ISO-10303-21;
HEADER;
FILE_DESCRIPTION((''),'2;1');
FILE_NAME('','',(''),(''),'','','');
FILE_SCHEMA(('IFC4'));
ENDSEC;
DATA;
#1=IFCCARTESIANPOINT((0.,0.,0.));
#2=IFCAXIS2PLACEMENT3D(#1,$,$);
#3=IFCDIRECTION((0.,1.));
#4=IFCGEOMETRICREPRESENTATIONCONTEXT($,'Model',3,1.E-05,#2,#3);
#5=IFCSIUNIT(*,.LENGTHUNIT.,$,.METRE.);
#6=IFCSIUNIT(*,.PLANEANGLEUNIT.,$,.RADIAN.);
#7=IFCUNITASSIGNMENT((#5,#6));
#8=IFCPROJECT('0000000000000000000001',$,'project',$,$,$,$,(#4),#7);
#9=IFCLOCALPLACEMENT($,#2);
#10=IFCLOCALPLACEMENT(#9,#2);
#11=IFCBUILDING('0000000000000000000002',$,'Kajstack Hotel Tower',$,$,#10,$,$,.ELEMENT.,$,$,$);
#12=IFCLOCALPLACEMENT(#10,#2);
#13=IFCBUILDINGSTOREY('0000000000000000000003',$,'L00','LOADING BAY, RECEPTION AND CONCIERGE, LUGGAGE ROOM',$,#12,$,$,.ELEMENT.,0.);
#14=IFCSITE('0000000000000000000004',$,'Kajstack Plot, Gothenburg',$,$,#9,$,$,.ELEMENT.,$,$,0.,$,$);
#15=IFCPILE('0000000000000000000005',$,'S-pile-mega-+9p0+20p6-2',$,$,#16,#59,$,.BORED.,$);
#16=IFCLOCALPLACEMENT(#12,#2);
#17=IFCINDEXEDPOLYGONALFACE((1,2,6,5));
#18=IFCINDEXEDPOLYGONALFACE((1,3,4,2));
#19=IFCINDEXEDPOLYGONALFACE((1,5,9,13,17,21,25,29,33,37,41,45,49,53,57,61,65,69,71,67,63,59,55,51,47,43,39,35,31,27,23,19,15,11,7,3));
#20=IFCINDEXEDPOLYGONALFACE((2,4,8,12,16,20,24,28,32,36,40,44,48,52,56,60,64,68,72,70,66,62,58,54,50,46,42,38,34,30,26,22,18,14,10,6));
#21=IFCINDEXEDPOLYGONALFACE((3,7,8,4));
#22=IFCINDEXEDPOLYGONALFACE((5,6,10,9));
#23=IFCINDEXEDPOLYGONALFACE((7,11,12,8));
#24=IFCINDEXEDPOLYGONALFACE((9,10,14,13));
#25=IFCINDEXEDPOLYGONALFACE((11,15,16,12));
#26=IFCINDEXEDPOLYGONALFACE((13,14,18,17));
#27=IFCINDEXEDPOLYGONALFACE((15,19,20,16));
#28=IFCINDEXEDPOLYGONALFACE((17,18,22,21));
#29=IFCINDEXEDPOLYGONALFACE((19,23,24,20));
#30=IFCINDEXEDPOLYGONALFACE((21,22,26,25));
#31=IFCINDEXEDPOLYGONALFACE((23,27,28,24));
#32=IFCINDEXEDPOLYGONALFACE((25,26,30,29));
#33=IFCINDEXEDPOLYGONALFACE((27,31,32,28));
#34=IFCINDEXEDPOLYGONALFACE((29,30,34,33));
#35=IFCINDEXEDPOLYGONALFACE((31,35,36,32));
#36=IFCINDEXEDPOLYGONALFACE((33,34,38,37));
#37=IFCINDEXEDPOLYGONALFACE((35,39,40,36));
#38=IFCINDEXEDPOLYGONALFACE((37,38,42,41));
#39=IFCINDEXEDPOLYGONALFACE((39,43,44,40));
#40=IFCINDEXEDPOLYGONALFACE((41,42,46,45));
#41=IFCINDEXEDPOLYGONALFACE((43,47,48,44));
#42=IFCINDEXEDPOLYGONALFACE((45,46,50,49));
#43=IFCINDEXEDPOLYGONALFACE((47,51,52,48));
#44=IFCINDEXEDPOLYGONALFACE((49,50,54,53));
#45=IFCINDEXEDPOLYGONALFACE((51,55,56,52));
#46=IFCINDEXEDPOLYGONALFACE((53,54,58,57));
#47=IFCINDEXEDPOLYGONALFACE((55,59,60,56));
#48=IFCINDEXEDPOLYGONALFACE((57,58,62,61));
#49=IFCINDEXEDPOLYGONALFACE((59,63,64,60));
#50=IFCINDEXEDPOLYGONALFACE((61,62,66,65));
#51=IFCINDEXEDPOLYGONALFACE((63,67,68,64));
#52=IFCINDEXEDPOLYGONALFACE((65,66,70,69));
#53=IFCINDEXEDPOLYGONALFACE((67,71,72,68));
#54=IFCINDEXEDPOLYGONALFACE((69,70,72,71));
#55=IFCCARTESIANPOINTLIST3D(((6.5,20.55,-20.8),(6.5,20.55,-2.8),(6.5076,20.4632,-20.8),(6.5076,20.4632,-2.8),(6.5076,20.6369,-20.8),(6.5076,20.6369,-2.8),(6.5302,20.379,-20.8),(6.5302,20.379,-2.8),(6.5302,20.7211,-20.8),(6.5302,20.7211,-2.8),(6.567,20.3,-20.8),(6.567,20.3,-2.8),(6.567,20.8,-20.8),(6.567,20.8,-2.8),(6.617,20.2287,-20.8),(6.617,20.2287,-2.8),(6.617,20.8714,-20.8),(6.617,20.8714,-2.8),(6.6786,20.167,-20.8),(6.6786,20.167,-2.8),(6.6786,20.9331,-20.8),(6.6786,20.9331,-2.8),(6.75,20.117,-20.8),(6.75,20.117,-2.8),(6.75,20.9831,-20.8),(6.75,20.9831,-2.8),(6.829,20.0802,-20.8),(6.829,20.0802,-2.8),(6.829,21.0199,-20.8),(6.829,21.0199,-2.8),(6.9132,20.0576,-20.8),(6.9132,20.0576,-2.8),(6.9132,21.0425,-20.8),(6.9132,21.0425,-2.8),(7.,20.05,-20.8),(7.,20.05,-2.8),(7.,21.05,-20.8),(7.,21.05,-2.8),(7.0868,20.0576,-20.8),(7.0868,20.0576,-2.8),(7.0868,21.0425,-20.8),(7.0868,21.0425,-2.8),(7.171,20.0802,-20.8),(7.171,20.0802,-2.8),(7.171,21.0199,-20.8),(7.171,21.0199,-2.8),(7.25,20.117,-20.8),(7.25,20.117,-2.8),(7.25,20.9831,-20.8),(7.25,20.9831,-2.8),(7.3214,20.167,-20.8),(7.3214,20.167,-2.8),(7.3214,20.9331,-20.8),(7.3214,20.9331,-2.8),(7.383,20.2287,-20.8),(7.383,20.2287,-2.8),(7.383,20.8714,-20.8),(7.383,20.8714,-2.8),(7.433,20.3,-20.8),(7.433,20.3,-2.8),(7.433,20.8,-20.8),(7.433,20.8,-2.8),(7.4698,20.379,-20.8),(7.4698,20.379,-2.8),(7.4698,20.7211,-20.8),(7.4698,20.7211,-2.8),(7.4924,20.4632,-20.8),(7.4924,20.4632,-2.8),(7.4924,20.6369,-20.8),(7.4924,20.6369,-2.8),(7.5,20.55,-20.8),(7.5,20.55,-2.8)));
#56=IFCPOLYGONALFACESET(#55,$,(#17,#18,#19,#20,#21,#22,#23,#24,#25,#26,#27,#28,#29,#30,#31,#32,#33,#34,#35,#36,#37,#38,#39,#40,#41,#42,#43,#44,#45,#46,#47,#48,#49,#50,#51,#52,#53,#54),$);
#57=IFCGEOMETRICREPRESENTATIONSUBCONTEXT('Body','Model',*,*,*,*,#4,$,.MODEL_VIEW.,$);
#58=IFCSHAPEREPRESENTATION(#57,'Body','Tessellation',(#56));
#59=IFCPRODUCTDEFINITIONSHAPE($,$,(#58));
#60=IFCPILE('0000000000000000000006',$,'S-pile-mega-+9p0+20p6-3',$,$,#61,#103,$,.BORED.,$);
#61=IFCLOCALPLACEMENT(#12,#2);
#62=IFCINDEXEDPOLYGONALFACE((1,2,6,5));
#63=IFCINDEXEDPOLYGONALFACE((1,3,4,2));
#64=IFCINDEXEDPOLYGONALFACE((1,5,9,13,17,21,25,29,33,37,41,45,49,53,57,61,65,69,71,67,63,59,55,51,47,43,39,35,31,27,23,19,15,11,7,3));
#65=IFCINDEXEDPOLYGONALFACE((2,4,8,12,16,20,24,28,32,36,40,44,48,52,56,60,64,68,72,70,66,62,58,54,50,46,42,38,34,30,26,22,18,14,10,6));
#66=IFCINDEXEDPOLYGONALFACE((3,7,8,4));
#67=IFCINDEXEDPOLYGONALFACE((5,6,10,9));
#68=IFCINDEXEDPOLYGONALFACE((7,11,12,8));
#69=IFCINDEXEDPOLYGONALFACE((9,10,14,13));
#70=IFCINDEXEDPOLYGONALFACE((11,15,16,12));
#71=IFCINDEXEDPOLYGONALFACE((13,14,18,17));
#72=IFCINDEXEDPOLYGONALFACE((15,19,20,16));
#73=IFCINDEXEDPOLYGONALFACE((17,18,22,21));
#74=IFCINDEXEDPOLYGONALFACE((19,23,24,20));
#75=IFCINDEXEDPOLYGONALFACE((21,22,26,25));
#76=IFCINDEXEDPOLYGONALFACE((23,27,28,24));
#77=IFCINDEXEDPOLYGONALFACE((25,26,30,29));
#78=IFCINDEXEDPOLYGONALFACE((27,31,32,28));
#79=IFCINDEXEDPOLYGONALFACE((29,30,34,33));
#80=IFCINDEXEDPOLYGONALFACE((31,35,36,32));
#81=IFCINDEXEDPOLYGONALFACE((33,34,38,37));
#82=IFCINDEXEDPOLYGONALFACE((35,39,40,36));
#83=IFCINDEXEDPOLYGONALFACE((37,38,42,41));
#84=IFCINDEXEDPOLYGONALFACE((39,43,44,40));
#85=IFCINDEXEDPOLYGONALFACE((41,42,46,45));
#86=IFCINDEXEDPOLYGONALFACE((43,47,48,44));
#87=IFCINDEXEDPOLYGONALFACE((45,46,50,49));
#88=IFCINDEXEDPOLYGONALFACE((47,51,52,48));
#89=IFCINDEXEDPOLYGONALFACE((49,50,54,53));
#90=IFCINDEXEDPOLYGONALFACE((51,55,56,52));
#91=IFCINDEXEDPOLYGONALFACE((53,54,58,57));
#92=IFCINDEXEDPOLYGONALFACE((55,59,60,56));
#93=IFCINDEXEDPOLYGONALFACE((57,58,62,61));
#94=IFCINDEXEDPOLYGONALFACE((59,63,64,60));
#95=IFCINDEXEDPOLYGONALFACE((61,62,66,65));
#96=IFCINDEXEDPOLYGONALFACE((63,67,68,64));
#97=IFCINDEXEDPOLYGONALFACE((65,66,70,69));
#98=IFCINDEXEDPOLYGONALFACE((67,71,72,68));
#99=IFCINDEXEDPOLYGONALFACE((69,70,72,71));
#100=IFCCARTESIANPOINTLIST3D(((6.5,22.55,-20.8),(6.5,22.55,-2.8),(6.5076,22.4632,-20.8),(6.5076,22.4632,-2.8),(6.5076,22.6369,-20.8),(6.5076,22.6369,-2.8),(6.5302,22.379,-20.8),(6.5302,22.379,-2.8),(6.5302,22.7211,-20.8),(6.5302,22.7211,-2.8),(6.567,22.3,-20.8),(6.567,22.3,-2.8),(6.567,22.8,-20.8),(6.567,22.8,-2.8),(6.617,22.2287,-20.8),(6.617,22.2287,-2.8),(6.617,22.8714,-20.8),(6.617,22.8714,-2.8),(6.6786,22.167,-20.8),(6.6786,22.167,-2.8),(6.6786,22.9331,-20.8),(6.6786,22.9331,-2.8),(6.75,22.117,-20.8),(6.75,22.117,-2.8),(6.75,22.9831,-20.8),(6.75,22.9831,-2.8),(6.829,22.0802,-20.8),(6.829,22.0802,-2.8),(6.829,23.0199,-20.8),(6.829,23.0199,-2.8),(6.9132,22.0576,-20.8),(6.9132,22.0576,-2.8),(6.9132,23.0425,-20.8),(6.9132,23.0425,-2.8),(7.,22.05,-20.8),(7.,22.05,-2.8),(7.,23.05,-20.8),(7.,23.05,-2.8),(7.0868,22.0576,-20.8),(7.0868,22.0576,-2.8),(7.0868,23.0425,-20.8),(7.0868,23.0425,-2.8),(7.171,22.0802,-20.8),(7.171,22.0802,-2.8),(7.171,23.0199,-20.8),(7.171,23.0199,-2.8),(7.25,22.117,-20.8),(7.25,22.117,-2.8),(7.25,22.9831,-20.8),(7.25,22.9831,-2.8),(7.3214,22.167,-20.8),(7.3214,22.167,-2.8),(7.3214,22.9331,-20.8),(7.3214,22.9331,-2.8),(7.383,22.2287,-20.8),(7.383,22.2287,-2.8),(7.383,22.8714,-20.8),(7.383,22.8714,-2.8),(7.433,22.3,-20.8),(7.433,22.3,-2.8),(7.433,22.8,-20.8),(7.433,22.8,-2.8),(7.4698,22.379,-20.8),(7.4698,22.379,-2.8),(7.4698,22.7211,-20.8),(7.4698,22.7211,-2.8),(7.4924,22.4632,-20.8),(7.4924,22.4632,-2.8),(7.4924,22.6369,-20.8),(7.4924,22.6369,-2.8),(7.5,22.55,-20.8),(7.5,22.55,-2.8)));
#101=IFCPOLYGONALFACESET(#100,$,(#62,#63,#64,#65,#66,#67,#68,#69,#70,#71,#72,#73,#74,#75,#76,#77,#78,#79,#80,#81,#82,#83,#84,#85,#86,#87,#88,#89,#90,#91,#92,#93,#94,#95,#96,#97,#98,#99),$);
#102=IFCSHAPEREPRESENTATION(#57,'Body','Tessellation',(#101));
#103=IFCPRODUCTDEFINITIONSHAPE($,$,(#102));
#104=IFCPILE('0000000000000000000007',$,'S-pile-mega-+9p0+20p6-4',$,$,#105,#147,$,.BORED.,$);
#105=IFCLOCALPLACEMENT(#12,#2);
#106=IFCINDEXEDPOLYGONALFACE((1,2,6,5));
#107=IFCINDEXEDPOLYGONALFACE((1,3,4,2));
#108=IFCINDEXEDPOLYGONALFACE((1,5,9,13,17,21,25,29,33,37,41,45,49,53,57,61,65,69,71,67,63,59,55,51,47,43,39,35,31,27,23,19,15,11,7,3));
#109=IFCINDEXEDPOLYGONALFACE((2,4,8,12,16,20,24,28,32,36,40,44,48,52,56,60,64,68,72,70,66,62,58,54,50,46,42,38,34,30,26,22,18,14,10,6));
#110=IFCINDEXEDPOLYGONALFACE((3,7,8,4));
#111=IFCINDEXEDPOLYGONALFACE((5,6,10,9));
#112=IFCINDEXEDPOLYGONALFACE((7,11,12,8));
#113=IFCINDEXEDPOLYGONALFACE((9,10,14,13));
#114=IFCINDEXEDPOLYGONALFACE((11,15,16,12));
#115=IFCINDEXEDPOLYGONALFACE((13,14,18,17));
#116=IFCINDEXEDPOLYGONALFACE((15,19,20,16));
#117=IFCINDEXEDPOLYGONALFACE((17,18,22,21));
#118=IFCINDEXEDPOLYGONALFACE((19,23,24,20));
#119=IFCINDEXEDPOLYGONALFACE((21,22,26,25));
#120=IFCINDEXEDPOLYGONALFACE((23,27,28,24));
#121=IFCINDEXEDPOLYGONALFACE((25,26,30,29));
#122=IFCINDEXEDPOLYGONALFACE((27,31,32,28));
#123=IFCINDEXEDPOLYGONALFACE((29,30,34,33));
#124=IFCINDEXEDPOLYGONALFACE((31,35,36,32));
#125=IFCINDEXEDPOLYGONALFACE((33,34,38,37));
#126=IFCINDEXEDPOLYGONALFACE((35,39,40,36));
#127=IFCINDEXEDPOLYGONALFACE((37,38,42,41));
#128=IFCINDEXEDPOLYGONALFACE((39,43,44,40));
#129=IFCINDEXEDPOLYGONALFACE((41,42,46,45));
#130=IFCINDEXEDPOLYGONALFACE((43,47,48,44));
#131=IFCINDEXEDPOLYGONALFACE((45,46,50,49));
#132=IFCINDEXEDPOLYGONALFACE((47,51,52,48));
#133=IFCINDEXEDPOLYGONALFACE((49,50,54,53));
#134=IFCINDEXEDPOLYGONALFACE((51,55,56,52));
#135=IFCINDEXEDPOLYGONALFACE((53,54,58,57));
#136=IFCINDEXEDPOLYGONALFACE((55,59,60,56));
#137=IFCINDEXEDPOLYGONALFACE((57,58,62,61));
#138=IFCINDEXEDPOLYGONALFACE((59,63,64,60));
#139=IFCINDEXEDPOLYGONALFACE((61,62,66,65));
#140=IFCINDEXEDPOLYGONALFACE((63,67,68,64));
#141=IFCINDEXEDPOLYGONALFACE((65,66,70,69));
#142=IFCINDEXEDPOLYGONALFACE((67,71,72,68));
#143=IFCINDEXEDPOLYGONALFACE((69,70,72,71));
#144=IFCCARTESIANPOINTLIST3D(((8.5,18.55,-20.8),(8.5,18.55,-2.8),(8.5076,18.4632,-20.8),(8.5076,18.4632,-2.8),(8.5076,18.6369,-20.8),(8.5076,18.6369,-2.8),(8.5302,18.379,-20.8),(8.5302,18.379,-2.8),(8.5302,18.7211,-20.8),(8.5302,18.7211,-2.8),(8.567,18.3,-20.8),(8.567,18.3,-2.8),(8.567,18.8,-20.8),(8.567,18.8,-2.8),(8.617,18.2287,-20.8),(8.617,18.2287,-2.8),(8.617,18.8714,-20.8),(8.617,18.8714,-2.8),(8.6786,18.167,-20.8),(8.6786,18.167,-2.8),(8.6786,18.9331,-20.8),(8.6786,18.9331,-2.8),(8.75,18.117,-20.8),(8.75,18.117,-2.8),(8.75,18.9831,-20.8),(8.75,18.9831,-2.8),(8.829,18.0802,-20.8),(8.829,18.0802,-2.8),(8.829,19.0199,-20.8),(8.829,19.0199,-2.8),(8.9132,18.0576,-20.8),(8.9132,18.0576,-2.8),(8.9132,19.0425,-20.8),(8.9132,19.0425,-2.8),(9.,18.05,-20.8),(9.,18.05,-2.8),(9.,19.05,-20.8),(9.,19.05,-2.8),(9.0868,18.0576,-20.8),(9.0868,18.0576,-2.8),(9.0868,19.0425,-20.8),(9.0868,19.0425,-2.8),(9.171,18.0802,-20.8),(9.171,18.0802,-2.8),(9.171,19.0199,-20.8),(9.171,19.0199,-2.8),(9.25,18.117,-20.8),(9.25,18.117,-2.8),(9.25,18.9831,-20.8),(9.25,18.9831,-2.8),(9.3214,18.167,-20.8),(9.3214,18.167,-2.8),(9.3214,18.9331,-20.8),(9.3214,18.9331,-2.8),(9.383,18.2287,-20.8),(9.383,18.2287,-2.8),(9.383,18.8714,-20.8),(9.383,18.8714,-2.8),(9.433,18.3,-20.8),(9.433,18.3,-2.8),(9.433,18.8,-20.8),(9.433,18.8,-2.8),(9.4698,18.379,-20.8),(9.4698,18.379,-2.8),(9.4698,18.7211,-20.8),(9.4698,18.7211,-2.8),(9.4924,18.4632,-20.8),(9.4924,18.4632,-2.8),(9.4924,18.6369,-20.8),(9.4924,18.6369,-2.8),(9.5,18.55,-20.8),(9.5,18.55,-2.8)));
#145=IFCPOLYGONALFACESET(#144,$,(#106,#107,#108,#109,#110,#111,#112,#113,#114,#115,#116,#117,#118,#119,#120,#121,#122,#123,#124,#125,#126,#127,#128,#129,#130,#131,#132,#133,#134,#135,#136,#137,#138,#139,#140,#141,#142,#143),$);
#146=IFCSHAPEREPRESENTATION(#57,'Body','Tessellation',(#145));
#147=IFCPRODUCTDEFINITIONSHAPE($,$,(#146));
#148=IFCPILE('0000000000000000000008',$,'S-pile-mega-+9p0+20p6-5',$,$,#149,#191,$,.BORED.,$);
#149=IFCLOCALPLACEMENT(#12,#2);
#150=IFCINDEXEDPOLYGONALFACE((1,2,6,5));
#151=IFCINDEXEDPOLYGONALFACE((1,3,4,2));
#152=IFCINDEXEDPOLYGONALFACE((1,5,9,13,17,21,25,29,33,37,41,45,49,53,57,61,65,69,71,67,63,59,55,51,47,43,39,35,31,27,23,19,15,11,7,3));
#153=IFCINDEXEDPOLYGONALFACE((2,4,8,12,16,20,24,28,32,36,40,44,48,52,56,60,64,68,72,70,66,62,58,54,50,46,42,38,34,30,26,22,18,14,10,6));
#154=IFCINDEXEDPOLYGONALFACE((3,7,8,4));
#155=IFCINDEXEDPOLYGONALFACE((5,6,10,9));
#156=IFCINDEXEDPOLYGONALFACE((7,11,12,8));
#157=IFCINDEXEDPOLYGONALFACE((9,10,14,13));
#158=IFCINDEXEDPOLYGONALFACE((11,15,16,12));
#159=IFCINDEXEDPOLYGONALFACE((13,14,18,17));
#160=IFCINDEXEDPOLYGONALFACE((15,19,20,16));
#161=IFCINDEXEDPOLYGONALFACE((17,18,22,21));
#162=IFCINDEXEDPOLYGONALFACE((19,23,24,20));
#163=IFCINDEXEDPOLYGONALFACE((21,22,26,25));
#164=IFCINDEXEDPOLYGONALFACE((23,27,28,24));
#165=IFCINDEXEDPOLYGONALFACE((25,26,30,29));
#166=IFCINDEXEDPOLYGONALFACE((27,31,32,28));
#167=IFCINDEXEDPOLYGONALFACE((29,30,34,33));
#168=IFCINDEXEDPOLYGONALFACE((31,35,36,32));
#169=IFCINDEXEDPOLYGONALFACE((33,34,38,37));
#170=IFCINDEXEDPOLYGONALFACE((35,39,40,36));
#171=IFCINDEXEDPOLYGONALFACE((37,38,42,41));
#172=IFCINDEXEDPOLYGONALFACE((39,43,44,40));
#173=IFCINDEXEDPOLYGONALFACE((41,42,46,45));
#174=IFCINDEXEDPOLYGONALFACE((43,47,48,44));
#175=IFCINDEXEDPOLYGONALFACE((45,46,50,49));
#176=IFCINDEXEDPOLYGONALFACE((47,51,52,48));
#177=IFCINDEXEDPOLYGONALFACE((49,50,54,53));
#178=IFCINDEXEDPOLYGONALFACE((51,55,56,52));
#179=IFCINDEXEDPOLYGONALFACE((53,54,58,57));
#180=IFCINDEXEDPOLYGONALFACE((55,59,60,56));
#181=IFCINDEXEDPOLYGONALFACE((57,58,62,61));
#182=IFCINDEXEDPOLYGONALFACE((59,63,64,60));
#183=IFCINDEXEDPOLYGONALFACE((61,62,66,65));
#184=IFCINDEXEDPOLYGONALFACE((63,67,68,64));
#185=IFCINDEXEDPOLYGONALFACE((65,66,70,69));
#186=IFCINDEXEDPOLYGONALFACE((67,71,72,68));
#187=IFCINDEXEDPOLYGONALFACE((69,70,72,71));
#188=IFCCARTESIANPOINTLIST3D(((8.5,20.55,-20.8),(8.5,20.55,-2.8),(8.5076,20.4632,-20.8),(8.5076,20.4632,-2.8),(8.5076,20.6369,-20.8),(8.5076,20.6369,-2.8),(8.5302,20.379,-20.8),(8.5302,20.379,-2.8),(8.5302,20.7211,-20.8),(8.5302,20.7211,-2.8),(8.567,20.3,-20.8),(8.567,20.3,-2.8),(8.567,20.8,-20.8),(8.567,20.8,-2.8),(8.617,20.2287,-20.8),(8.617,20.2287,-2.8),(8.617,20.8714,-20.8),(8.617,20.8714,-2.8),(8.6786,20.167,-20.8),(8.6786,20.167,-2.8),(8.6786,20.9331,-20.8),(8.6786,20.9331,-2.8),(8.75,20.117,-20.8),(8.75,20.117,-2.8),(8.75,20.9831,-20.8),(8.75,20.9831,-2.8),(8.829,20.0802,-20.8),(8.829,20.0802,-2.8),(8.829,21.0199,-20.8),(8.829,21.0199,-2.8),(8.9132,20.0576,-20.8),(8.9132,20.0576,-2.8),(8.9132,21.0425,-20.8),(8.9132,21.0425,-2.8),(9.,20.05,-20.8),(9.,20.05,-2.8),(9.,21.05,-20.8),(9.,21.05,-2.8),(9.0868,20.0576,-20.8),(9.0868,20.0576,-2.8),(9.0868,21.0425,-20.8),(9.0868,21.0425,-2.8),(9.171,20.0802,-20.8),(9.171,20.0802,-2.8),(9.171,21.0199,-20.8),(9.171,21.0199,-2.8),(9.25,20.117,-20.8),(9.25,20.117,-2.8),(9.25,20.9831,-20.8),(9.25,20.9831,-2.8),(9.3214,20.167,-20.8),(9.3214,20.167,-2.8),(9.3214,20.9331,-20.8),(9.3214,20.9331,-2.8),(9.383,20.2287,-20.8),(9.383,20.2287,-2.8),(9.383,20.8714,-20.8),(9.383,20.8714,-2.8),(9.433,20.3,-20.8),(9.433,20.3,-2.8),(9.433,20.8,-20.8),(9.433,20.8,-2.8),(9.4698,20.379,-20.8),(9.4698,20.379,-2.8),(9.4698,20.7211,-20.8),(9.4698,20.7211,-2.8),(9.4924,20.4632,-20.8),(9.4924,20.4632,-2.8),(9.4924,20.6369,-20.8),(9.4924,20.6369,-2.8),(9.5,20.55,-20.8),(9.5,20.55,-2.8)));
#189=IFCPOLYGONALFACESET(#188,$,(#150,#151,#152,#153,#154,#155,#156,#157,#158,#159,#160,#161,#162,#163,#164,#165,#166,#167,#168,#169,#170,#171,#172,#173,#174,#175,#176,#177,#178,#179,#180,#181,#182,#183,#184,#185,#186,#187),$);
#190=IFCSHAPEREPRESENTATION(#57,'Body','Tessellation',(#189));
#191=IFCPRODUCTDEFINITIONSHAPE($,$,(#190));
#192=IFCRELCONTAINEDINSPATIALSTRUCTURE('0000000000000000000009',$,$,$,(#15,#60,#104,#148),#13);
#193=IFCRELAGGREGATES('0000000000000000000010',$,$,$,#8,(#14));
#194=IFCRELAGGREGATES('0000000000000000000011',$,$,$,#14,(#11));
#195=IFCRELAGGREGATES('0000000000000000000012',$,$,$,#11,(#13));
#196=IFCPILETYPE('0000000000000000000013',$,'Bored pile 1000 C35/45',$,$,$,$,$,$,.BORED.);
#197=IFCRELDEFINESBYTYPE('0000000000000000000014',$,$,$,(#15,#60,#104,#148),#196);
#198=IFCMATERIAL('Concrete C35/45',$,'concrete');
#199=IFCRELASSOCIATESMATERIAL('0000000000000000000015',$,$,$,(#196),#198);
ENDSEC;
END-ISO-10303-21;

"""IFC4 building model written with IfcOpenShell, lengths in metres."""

from ifc_helpers import new_model, si_unit, direction, frame, origin, origin_2d, place, context, subcontext, project, spatial, circle, extrude, material, material_profile, profile_set, type_object, element, save


model = new_model("IFC4")

# Units and contexts
model_context = context("Model", 3, precision=1e-05, world=origin(), true_north=direction((0.0, 1.0)))
body_context = subcontext(model_context, "Body", "Model", "MODEL_VIEW")
ifc_project = project(units=[si_unit("LENGTHUNIT", "METRE"), si_unit("PLANEANGLEUNIT", "RADIAN")], contexts=[model_context])

# Site, building, storey
site_placement = place(None, origin())
site = spatial("IfcSite", under=ifc_project, at=site_placement, Name="Kajstack Plot, Gothenburg", CompositionType="ELEMENT", RefElevation=0.0)
building_placement = place(site_placement, origin())
building = spatial("IfcBuilding", under=site, at=building_placement, Name="Kajstack Hotel Tower", CompositionType="ELEMENT")
storey_placement = place(building_placement, origin())
storey = spatial("IfcBuildingStorey", under=building, at=storey_placement, Name="L00", Description="LOADING BAY, RECEPTION AND CONCIERGE, LUGGAGE ROOM", CompositionType="ELEMENT", Elevation=0.0)

# Piles
ifc_material_1 = material(Name="Concrete C35/45", Category="concrete")
ifc_material_profile_1 = material_profile(ifc_material_1, circle(Radius=0.5, at=origin_2d()), Name="RC round 1000")
ifc_profile_set_1 = profile_set([ifc_material_profile_1], Name="Concrete C35/45")
pile_type_1 = type_object("IfcPileType", Name="Bored pile 1000 C35/45", PredefinedType="BORED", material=ifc_profile_set_1)
for number, where, z_axis, x_axis, name in (
    (1, (7.0, 20.55, -2.8), (0.0, 0.0, -1.0), (1.0, 0.0, 0.0), "S-pile-mega-+9p0+20p6-2"),
    (2, (7.0, 22.55, -2.8), (0.0, 0.0, -1.0), (1.0, 0.0, 0.0), "S-pile-mega-+9p0+20p6-3"),
    (3, (9.0, 18.55, -2.8), (0.0, 0.0, -1.0), (1.0, 0.0, 0.0), "S-pile-mega-+9p0+20p6-4"),
    (4, (9.0, 20.55, -2.8), (0.0, 0.0, -1.0), (1.0, 0.0, 0.0), "S-pile-mega-+9p0+20p6-5"),
):
    element("IfcPile", number, at=place(storey_placement, frame(where, z_axis=z_axis, x_axis=x_axis)), inside=storey, type_object=pile_type_1, Name=name, PredefinedType="BORED", context=body_context, shape_type="SweptSolid", body=[
        extrude(circle(Radius=0.5, at=origin_2d()), origin(), (0.0, 0.0, 1.0), 18.0),
    ])

save(model, "model.ifc")
